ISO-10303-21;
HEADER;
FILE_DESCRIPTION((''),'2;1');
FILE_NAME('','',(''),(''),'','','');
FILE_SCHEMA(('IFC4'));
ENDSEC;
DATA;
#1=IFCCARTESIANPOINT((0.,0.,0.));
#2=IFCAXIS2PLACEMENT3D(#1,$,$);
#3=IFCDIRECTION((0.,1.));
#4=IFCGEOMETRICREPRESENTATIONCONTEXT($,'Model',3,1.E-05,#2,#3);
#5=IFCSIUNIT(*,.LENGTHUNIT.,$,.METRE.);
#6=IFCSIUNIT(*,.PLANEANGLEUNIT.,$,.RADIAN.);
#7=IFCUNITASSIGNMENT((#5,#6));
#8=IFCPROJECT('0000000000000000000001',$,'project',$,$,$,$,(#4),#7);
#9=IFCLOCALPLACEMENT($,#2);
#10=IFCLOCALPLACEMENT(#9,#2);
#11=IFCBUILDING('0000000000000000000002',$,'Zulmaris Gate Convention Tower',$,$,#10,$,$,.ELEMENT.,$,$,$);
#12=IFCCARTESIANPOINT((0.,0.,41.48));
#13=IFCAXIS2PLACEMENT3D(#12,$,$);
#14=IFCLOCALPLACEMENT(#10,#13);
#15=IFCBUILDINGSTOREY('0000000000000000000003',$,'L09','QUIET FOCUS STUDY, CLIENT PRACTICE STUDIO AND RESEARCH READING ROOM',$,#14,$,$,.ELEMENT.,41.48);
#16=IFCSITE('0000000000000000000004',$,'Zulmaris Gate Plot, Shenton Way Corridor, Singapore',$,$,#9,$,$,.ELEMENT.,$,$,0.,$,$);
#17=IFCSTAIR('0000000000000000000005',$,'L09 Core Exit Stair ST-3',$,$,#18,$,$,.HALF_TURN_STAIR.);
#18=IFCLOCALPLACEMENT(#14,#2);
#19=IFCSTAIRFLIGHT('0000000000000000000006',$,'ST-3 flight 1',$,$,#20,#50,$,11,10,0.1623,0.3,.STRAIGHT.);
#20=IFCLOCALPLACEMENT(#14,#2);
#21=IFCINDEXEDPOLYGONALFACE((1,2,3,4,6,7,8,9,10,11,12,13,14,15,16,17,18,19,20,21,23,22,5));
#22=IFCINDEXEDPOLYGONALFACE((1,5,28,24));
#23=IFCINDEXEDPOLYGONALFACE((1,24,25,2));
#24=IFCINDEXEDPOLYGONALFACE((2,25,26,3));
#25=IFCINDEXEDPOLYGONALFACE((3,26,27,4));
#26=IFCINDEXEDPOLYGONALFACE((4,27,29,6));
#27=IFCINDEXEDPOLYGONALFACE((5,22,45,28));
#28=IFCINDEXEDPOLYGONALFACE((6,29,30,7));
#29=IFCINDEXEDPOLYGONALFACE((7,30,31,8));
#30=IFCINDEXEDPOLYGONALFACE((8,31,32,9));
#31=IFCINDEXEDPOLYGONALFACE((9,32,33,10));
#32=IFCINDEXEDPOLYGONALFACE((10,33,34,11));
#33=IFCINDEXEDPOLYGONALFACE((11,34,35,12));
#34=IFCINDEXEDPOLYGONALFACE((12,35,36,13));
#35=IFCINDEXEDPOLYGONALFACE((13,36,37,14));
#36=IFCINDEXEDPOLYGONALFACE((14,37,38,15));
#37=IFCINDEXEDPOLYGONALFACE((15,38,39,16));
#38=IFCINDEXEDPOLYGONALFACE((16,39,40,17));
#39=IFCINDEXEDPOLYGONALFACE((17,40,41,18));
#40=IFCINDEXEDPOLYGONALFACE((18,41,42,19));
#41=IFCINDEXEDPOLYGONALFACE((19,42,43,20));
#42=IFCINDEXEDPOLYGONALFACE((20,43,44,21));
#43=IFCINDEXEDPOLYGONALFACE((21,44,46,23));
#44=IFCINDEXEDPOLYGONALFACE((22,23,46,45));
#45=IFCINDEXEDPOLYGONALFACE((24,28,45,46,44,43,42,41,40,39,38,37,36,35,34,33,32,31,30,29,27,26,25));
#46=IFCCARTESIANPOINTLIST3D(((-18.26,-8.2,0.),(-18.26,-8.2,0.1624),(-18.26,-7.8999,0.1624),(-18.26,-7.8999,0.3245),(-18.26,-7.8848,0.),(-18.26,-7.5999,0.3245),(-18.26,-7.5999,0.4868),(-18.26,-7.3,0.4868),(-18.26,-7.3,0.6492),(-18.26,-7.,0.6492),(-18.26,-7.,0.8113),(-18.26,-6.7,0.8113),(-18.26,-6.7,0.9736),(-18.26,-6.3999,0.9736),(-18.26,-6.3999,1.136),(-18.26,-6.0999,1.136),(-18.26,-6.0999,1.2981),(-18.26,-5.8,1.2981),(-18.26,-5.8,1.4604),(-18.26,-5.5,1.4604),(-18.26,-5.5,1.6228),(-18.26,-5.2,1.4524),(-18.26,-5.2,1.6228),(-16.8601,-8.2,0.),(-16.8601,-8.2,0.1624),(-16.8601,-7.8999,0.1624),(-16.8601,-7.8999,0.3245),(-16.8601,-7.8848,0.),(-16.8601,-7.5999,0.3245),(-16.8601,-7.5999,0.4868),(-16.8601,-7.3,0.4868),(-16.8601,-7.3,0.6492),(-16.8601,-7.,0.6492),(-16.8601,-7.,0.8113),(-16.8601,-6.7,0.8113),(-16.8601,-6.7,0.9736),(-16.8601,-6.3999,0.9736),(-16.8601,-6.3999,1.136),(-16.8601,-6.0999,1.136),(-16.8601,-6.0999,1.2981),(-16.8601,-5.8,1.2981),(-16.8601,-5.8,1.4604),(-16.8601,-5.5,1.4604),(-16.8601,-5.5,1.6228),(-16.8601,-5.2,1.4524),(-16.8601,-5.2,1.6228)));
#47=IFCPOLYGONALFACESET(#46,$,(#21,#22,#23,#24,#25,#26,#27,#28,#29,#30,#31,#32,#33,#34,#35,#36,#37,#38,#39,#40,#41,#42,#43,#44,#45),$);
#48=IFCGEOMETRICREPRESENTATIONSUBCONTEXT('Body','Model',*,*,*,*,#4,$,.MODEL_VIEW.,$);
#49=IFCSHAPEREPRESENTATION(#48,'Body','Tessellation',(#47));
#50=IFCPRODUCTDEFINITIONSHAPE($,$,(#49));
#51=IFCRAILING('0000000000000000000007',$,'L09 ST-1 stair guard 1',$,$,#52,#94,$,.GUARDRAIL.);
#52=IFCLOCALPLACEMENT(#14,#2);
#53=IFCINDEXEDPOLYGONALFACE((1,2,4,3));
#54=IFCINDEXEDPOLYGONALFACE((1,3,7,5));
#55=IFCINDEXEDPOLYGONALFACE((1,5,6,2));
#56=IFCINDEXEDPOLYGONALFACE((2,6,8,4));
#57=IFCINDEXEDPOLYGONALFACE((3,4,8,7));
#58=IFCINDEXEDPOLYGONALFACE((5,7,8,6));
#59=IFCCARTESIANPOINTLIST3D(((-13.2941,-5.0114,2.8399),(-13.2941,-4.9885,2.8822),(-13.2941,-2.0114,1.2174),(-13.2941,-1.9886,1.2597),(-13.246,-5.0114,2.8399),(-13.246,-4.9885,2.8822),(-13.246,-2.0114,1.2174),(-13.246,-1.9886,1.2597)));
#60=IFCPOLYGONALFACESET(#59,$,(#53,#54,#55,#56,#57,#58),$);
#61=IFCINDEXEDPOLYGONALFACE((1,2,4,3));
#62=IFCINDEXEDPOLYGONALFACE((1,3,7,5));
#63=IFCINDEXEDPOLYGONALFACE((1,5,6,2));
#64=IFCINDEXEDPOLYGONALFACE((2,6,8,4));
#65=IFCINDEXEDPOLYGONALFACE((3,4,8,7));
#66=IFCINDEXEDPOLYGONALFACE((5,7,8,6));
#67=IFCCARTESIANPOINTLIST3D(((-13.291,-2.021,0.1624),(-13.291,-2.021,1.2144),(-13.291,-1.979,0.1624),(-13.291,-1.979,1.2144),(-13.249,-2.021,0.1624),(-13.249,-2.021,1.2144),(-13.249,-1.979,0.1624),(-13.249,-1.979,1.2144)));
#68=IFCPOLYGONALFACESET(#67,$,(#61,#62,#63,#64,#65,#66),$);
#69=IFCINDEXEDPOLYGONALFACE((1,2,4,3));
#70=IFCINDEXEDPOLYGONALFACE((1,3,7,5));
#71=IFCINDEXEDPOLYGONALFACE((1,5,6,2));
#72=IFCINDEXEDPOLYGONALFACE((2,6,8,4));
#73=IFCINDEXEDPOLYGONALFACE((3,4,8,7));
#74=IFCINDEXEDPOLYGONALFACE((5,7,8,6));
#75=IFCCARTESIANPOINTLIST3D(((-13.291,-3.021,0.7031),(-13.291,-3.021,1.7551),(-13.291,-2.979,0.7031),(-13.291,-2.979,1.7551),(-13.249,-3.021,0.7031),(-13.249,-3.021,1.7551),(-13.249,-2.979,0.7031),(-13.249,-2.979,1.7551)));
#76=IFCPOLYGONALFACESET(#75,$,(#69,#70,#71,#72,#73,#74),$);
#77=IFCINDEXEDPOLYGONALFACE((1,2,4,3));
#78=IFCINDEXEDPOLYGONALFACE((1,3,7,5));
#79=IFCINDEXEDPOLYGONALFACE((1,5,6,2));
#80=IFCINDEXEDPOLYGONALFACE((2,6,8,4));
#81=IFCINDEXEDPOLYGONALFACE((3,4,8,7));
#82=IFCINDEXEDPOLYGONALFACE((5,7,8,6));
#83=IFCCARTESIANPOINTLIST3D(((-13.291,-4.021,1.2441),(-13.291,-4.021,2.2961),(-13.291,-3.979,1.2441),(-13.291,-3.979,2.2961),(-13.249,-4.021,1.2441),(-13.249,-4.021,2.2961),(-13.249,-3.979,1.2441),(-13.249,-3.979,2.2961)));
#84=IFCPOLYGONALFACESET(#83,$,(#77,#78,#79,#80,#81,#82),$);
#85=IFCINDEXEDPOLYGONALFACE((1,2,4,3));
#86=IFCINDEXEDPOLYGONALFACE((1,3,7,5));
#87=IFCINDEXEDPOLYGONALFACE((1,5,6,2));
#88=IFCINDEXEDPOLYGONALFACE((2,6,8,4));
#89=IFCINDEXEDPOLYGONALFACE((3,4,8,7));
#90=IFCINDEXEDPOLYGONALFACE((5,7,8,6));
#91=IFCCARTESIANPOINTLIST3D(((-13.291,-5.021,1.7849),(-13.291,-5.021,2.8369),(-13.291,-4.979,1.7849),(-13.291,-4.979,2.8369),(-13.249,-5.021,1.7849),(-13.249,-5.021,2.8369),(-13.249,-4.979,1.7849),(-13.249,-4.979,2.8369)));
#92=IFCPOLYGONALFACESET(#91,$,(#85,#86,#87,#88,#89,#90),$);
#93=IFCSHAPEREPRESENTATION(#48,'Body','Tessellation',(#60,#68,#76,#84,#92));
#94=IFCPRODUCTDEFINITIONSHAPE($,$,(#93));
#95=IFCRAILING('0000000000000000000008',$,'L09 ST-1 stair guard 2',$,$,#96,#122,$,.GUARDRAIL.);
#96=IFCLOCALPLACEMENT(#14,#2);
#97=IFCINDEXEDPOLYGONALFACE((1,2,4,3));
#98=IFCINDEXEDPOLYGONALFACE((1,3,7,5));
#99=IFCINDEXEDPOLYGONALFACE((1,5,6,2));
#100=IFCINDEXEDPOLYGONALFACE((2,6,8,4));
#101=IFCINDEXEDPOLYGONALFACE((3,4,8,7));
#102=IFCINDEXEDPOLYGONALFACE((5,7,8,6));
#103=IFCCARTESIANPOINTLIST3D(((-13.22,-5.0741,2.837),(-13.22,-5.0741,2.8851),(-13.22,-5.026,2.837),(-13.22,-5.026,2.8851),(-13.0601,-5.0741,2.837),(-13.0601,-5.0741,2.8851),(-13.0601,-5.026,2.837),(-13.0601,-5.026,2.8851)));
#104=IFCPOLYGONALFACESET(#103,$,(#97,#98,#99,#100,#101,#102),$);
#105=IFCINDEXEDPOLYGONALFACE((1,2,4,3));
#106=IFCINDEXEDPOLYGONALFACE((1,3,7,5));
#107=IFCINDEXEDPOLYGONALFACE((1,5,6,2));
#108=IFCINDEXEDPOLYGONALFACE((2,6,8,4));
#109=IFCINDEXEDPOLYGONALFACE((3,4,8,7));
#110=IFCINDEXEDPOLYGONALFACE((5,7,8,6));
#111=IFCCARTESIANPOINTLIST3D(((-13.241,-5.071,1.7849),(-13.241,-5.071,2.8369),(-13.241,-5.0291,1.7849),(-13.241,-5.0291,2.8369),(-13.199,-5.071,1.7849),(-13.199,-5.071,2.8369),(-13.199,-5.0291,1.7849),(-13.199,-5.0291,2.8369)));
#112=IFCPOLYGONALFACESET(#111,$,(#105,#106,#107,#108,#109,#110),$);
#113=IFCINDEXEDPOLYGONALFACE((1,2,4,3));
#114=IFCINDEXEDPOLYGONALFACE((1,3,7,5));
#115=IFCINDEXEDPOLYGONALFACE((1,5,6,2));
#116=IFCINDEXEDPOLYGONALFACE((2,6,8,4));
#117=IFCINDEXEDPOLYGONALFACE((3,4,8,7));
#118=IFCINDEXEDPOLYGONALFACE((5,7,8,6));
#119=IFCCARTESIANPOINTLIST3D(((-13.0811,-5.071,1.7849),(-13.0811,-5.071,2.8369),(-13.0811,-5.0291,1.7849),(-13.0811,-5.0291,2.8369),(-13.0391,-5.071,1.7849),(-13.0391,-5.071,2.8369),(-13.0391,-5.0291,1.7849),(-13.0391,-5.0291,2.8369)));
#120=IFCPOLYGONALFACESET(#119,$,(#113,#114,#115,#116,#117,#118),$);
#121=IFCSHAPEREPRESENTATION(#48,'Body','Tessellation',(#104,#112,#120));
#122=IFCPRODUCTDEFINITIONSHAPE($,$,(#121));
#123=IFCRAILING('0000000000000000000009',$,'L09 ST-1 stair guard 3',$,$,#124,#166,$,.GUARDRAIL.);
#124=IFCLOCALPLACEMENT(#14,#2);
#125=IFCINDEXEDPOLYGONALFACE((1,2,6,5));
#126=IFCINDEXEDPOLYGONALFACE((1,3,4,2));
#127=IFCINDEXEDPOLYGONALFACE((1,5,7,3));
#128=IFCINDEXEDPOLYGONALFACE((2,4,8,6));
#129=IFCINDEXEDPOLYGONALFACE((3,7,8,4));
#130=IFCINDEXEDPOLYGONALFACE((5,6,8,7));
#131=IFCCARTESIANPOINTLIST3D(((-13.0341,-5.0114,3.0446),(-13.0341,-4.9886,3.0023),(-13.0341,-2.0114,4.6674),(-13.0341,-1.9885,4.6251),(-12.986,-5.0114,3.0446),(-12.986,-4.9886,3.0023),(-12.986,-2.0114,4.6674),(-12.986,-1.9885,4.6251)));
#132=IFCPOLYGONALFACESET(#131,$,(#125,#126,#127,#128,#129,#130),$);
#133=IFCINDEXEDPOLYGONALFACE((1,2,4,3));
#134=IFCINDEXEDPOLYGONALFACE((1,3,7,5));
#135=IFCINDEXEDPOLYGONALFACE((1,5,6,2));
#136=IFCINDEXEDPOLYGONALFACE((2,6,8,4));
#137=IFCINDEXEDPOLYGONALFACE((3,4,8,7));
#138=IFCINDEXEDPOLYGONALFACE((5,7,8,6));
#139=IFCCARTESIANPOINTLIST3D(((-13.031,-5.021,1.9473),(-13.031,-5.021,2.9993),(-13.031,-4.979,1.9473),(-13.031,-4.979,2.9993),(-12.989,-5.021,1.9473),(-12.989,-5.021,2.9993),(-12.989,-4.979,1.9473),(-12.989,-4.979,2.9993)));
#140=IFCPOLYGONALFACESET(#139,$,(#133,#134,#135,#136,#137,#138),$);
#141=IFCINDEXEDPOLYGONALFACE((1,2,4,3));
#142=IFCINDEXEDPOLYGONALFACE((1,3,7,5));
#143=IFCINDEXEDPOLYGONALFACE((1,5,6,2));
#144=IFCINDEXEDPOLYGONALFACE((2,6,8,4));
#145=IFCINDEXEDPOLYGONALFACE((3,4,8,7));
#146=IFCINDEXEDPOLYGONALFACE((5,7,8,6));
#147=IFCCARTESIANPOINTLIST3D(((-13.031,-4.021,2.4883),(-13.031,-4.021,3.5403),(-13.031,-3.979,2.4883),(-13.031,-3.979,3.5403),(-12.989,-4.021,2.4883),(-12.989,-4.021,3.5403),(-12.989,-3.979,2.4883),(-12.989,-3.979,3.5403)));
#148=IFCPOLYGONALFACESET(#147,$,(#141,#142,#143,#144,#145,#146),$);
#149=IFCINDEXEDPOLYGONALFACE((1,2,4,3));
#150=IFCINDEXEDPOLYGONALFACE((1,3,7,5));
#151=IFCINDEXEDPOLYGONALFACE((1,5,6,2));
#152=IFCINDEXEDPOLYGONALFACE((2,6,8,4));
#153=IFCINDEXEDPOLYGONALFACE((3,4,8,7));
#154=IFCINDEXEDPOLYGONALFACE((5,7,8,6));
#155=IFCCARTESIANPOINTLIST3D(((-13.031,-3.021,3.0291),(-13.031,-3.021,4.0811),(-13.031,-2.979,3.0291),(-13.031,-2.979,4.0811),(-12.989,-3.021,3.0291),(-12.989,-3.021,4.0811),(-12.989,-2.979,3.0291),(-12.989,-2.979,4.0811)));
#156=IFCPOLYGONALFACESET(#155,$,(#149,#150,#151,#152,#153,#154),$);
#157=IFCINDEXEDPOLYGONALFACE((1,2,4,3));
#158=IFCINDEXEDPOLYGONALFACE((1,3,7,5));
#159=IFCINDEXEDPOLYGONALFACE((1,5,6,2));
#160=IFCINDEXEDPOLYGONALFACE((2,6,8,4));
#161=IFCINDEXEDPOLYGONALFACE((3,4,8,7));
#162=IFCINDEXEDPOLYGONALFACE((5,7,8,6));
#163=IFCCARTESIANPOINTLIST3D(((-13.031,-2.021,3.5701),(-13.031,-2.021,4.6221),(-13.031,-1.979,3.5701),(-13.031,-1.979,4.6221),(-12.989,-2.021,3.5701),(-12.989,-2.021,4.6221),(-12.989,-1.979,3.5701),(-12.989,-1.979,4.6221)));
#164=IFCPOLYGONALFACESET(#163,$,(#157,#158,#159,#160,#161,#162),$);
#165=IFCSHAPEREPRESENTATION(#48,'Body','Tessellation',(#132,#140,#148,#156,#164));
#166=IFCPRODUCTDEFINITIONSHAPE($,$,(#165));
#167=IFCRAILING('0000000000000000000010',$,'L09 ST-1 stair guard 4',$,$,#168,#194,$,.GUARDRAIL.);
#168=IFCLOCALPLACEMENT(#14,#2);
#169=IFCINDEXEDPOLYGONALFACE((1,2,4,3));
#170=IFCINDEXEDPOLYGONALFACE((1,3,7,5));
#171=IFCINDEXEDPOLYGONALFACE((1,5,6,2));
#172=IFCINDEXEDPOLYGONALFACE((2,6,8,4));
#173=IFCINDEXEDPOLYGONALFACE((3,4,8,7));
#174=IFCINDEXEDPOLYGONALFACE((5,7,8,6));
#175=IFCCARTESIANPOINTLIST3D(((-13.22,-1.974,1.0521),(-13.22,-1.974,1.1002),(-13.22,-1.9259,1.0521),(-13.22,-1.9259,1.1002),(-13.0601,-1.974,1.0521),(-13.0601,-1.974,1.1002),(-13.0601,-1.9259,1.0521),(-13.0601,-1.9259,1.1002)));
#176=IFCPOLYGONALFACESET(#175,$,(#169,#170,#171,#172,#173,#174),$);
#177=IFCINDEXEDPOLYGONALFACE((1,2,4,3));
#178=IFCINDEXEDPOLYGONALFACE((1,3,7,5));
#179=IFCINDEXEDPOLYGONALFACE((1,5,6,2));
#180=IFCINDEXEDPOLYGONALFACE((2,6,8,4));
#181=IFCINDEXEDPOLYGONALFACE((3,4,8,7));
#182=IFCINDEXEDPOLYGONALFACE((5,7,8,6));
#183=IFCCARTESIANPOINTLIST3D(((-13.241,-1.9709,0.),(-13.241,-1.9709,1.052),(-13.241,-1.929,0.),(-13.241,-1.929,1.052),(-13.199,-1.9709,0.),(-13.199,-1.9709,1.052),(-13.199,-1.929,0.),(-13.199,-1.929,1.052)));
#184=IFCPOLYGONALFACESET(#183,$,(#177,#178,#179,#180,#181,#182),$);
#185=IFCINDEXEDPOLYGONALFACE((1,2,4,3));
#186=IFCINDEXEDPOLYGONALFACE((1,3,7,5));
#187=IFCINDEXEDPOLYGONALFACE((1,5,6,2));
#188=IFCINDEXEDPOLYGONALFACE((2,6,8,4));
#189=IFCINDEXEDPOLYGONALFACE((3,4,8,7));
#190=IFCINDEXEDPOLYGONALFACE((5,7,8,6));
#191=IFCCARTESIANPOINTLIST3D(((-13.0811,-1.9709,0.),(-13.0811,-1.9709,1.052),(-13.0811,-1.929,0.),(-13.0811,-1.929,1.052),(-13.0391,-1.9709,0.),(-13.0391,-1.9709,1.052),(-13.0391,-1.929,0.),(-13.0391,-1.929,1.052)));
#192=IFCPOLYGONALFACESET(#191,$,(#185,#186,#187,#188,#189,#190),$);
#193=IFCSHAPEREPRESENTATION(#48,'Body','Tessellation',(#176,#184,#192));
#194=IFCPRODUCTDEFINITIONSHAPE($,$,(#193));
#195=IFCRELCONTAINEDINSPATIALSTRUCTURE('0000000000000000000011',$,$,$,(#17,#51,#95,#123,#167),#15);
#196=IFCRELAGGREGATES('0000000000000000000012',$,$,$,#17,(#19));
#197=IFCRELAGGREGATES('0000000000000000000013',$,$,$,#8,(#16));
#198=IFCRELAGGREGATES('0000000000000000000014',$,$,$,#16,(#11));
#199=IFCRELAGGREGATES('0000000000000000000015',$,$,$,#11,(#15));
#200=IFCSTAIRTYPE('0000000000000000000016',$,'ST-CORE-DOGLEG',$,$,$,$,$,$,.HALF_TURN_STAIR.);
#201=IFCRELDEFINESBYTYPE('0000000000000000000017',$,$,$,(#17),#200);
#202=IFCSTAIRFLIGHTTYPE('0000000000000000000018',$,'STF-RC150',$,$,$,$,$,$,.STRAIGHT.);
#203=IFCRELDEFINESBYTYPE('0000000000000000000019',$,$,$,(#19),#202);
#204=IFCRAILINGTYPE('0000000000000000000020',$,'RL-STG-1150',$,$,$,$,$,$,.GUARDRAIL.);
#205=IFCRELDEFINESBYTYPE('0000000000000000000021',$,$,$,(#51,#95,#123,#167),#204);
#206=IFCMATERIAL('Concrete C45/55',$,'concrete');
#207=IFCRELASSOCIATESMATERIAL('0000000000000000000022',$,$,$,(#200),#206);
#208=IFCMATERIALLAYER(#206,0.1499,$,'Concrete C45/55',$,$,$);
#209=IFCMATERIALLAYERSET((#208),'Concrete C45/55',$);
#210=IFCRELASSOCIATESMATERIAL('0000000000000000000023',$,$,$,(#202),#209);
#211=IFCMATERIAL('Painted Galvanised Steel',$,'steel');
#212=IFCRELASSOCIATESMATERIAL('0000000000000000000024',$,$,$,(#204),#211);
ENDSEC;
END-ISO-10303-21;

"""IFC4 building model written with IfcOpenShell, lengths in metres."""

from ifc_helpers import new_model, si_unit, direction, frame, origin, origin_2d, place, context, subcontext, project, spatial, polyline, rectangle, outline, extrude, material, layer, layer_set, type_object, element, aggregate, save


model = new_model("IFC4")

# Units and contexts
model_context = context("Model", 3, precision=1e-05, world=origin(), true_north=direction((0.0, 1.0)))
body_context = subcontext(model_context, "Body", "Model", "MODEL_VIEW")
ifc_project = project(units=[si_unit("LENGTHUNIT", "METRE"), si_unit("PLANEANGLEUNIT", "RADIAN")], contexts=[model_context])

# Site, building, storey
site_placement = place(None, origin())
site = spatial("IfcSite", under=ifc_project, at=site_placement, Name="Zulmaris Gate Plot, Shenton Way Corridor, Singapore", CompositionType="ELEMENT", RefElevation=0.0)
building_placement = place(site_placement, origin())
building = spatial("IfcBuilding", under=site, at=building_placement, Name="Zulmaris Gate Convention Tower", CompositionType="ELEMENT")
storey_placement = place(building_placement, frame((0.0, 0.0, 41.48)))
storey = spatial("IfcBuildingStorey", under=building, at=storey_placement, Name="L09", Description="QUIET FOCUS STUDY, CLIENT PRACTICE STUDIO AND RESEARCH READING ROOM", CompositionType="ELEMENT", Elevation=41.48)

# Shared definitions
ifc_material_1 = material(Name="Concrete C45/55", Category="concrete")
stair_type = type_object("IfcStairType", Name="ST-CORE-DOGLEG", PredefinedType="HALF_TURN_STAIR", material=ifc_material_1)
ifc_layer_1 = layer(ifc_material_1, 0.1499, Name="Concrete C45/55")
ifc_layer_set_1 = layer_set([ifc_layer_1], Name="Concrete C45/55")
stair_flight_type = type_object("IfcStairFlightType", Name="STF-RC150", PredefinedType="STRAIGHT", material=ifc_layer_set_1)

# Stair, stair flight
stair_1_placement = place(storey_placement, origin())
stair_1 = element("IfcStair", 1, at=stair_1_placement, inside=storey, type_object=stair_type, Name="L09 Core Exit Stair ST-3", PredefinedType="HALF_TURN_STAIR")
stair_flight_1_placement = place(storey_placement, frame((-17.5601, -8.2, 0.0), z_axis=(0.0, 0.0, 1.0), x_axis=(0.0, 1.0, 0.0)))
stair_flight_1 = element("IfcStairFlight", 2, at=stair_flight_1_placement, type_object=stair_flight_type, Name="ST-3 flight 1", NumberOfRisers=11, NumberOfTreads=10, PredefinedType="STRAIGHT", RiserHeight=0.1623, TreadLength=0.3, context=body_context, shape_type="SweptSolid", body=[
    extrude(outline(polyline([(0.0, 0.0), (0.0, 0.1624), (0.3, 0.1624), (0.3, 0.3245), (0.6001, 0.3245), (0.6001, 0.4868), (0.8999, 0.4868), (0.8999, 0.6492), (1.2, 0.6492), (1.2, 0.8113), (1.5, 0.8113), (1.5, 0.9736), (1.8, 0.9736), (1.8, 1.136), (2.1001, 1.136), (2.1001, 1.2981), (2.3999, 1.2981), (2.3999, 1.4604), (2.7, 1.4604), (2.7, 1.6228), (3.0, 1.6228), (3.0, 1.7849), (3.0, 1.4524), (0.3152, 0.0), (0.0, 0.0)])), frame((0.0, 0.7, 0.0), z_axis=(0.0, -1.0, 0.0), x_axis=(1.0, 0.0, 0.0)), (0.0, 0.0, 1.0), 1.3999),
])
aggregate(stair_1, [stair_flight_1])

# Railings
ifc_material_2 = material(Name="Painted Galvanised Steel", Category="steel")
railing_type_1 = type_object("IfcRailingType", Name="RL-STG-1150", PredefinedType="GUARDRAIL", material=ifc_material_2)
railing_1_placement = place(storey_placement, frame((-13.27, -2.0, 0.1624)))
element("IfcRailing", 3, at=railing_1_placement, inside=storey, type_object=railing_type_1, Name="L09 ST-1 stair guard 1", PredefinedType="GUARDRAIL", context=body_context, shape_type="SweptSolid", body=[
    extrude(rectangle(XDim=0.0481, YDim=0.0481, at=origin_2d()), frame((0.0, 0.0, 1.0762), z_axis=(0.0, -0.879592, 0.47573), x_axis=(1.0, 0.0, 0.0)), (0.0, 0.0, 1.0), 3.4106),
    extrude(rectangle(XDim=0.042, YDim=0.042, at=origin_2d()), origin(), (0.0, 0.0, 1.0), 1.052),
    extrude(rectangle(XDim=0.042, YDim=0.042, at=origin_2d()), frame((0.0, -1.0, 0.5408)), (0.0, 0.0, 1.0), 1.052),
    extrude(rectangle(XDim=0.042, YDim=0.042, at=origin_2d()), frame((0.0, -2.0, 1.0818)), (0.0, 0.0, 1.0), 1.052),
    extrude(rectangle(XDim=0.042, YDim=0.042, at=origin_2d()), frame((0.0, -3.0, 1.6226)), (0.0, 0.0, 1.0), 1.052),
])
railing_2_placement = place(storey_placement, frame((-13.22, -5.05, 1.7849)))
element("IfcRailing", 4, at=railing_2_placement, inside=storey, type_object=railing_type_1, Name="L09 ST-1 stair guard 2", PredefinedType="GUARDRAIL", context=body_context, shape_type="SweptSolid", body=[
    extrude(rectangle(XDim=0.0481, YDim=0.0481, at=origin_2d()), frame((0.0, 0.0, 1.0762), z_axis=(1.0, 0.0, 0.0), x_axis=(0.0, 1.0, 0.0)), (0.0, 0.0, 1.0), 0.1599),
    extrude(rectangle(XDim=0.042, YDim=0.042, at=origin_2d()), origin(), (0.0, 0.0, 1.0), 1.052),
    extrude(rectangle(XDim=0.042, YDim=0.042, at=origin_2d()), frame((0.1599, 0.0, 0.0)), (0.0, 0.0, 1.0), 1.052),
])
railing_3_placement = place(storey_placement, frame((-13.01, -5.0, 1.9473)))
element("IfcRailing", 5, at=railing_3_placement, inside=storey, type_object=railing_type_1, Name="L09 ST-1 stair guard 3", PredefinedType="GUARDRAIL", context=body_context, shape_type="SweptSolid", body=[
    extrude(rectangle(XDim=0.0481, YDim=0.0481, at=origin_2d()), frame((0.0, 0.0, 1.0762), z_axis=(0.0, 0.879562, 0.475785), x_axis=(-1.0, 0.0, 0.0)), (0.0, 0.0, 1.0), 3.4109),
    extrude(rectangle(XDim=0.042, YDim=0.042, at=origin_2d()), origin(), (0.0, 0.0, 1.0), 1.052),
    extrude(rectangle(XDim=0.042, YDim=0.042, at=origin_2d()), frame((0.0, 1.0, 0.541)), (0.0, 0.0, 1.0), 1.052),
    extrude(rectangle(XDim=0.042, YDim=0.042, at=origin_2d()), frame((0.0, 2.0, 1.0818)), (0.0, 0.0, 1.0), 1.052),
    extrude(rectangle(XDim=0.042, YDim=0.042, at=origin_2d()), frame((0.0, 3.0, 1.6228)), (0.0, 0.0, 1.0), 1.052),
])
railing_4_placement = place(storey_placement, frame((-13.22, -1.95, 0.0)))
element("IfcRailing", 6, at=railing_4_placement, inside=storey, type_object=railing_type_1, Name="L09 ST-1 stair guard 4", PredefinedType="GUARDRAIL", context=body_context, shape_type="SweptSolid", body=[
    extrude(rectangle(XDim=0.0481, YDim=0.0481, at=origin_2d()), frame((0.0, 0.0, 1.0762), z_axis=(1.0, 0.0, 0.0), x_axis=(0.0, 1.0, 0.0)), (0.0, 0.0, 1.0), 0.1599),
    extrude(rectangle(XDim=0.042, YDim=0.042, at=origin_2d()), origin(), (0.0, 0.0, 1.0), 1.052),
    extrude(rectangle(XDim=0.042, YDim=0.042, at=origin_2d()), frame((0.1599, 0.0, 0.0)), (0.0, 0.0, 1.0), 1.052),
])

save(model, "model.ifc")
